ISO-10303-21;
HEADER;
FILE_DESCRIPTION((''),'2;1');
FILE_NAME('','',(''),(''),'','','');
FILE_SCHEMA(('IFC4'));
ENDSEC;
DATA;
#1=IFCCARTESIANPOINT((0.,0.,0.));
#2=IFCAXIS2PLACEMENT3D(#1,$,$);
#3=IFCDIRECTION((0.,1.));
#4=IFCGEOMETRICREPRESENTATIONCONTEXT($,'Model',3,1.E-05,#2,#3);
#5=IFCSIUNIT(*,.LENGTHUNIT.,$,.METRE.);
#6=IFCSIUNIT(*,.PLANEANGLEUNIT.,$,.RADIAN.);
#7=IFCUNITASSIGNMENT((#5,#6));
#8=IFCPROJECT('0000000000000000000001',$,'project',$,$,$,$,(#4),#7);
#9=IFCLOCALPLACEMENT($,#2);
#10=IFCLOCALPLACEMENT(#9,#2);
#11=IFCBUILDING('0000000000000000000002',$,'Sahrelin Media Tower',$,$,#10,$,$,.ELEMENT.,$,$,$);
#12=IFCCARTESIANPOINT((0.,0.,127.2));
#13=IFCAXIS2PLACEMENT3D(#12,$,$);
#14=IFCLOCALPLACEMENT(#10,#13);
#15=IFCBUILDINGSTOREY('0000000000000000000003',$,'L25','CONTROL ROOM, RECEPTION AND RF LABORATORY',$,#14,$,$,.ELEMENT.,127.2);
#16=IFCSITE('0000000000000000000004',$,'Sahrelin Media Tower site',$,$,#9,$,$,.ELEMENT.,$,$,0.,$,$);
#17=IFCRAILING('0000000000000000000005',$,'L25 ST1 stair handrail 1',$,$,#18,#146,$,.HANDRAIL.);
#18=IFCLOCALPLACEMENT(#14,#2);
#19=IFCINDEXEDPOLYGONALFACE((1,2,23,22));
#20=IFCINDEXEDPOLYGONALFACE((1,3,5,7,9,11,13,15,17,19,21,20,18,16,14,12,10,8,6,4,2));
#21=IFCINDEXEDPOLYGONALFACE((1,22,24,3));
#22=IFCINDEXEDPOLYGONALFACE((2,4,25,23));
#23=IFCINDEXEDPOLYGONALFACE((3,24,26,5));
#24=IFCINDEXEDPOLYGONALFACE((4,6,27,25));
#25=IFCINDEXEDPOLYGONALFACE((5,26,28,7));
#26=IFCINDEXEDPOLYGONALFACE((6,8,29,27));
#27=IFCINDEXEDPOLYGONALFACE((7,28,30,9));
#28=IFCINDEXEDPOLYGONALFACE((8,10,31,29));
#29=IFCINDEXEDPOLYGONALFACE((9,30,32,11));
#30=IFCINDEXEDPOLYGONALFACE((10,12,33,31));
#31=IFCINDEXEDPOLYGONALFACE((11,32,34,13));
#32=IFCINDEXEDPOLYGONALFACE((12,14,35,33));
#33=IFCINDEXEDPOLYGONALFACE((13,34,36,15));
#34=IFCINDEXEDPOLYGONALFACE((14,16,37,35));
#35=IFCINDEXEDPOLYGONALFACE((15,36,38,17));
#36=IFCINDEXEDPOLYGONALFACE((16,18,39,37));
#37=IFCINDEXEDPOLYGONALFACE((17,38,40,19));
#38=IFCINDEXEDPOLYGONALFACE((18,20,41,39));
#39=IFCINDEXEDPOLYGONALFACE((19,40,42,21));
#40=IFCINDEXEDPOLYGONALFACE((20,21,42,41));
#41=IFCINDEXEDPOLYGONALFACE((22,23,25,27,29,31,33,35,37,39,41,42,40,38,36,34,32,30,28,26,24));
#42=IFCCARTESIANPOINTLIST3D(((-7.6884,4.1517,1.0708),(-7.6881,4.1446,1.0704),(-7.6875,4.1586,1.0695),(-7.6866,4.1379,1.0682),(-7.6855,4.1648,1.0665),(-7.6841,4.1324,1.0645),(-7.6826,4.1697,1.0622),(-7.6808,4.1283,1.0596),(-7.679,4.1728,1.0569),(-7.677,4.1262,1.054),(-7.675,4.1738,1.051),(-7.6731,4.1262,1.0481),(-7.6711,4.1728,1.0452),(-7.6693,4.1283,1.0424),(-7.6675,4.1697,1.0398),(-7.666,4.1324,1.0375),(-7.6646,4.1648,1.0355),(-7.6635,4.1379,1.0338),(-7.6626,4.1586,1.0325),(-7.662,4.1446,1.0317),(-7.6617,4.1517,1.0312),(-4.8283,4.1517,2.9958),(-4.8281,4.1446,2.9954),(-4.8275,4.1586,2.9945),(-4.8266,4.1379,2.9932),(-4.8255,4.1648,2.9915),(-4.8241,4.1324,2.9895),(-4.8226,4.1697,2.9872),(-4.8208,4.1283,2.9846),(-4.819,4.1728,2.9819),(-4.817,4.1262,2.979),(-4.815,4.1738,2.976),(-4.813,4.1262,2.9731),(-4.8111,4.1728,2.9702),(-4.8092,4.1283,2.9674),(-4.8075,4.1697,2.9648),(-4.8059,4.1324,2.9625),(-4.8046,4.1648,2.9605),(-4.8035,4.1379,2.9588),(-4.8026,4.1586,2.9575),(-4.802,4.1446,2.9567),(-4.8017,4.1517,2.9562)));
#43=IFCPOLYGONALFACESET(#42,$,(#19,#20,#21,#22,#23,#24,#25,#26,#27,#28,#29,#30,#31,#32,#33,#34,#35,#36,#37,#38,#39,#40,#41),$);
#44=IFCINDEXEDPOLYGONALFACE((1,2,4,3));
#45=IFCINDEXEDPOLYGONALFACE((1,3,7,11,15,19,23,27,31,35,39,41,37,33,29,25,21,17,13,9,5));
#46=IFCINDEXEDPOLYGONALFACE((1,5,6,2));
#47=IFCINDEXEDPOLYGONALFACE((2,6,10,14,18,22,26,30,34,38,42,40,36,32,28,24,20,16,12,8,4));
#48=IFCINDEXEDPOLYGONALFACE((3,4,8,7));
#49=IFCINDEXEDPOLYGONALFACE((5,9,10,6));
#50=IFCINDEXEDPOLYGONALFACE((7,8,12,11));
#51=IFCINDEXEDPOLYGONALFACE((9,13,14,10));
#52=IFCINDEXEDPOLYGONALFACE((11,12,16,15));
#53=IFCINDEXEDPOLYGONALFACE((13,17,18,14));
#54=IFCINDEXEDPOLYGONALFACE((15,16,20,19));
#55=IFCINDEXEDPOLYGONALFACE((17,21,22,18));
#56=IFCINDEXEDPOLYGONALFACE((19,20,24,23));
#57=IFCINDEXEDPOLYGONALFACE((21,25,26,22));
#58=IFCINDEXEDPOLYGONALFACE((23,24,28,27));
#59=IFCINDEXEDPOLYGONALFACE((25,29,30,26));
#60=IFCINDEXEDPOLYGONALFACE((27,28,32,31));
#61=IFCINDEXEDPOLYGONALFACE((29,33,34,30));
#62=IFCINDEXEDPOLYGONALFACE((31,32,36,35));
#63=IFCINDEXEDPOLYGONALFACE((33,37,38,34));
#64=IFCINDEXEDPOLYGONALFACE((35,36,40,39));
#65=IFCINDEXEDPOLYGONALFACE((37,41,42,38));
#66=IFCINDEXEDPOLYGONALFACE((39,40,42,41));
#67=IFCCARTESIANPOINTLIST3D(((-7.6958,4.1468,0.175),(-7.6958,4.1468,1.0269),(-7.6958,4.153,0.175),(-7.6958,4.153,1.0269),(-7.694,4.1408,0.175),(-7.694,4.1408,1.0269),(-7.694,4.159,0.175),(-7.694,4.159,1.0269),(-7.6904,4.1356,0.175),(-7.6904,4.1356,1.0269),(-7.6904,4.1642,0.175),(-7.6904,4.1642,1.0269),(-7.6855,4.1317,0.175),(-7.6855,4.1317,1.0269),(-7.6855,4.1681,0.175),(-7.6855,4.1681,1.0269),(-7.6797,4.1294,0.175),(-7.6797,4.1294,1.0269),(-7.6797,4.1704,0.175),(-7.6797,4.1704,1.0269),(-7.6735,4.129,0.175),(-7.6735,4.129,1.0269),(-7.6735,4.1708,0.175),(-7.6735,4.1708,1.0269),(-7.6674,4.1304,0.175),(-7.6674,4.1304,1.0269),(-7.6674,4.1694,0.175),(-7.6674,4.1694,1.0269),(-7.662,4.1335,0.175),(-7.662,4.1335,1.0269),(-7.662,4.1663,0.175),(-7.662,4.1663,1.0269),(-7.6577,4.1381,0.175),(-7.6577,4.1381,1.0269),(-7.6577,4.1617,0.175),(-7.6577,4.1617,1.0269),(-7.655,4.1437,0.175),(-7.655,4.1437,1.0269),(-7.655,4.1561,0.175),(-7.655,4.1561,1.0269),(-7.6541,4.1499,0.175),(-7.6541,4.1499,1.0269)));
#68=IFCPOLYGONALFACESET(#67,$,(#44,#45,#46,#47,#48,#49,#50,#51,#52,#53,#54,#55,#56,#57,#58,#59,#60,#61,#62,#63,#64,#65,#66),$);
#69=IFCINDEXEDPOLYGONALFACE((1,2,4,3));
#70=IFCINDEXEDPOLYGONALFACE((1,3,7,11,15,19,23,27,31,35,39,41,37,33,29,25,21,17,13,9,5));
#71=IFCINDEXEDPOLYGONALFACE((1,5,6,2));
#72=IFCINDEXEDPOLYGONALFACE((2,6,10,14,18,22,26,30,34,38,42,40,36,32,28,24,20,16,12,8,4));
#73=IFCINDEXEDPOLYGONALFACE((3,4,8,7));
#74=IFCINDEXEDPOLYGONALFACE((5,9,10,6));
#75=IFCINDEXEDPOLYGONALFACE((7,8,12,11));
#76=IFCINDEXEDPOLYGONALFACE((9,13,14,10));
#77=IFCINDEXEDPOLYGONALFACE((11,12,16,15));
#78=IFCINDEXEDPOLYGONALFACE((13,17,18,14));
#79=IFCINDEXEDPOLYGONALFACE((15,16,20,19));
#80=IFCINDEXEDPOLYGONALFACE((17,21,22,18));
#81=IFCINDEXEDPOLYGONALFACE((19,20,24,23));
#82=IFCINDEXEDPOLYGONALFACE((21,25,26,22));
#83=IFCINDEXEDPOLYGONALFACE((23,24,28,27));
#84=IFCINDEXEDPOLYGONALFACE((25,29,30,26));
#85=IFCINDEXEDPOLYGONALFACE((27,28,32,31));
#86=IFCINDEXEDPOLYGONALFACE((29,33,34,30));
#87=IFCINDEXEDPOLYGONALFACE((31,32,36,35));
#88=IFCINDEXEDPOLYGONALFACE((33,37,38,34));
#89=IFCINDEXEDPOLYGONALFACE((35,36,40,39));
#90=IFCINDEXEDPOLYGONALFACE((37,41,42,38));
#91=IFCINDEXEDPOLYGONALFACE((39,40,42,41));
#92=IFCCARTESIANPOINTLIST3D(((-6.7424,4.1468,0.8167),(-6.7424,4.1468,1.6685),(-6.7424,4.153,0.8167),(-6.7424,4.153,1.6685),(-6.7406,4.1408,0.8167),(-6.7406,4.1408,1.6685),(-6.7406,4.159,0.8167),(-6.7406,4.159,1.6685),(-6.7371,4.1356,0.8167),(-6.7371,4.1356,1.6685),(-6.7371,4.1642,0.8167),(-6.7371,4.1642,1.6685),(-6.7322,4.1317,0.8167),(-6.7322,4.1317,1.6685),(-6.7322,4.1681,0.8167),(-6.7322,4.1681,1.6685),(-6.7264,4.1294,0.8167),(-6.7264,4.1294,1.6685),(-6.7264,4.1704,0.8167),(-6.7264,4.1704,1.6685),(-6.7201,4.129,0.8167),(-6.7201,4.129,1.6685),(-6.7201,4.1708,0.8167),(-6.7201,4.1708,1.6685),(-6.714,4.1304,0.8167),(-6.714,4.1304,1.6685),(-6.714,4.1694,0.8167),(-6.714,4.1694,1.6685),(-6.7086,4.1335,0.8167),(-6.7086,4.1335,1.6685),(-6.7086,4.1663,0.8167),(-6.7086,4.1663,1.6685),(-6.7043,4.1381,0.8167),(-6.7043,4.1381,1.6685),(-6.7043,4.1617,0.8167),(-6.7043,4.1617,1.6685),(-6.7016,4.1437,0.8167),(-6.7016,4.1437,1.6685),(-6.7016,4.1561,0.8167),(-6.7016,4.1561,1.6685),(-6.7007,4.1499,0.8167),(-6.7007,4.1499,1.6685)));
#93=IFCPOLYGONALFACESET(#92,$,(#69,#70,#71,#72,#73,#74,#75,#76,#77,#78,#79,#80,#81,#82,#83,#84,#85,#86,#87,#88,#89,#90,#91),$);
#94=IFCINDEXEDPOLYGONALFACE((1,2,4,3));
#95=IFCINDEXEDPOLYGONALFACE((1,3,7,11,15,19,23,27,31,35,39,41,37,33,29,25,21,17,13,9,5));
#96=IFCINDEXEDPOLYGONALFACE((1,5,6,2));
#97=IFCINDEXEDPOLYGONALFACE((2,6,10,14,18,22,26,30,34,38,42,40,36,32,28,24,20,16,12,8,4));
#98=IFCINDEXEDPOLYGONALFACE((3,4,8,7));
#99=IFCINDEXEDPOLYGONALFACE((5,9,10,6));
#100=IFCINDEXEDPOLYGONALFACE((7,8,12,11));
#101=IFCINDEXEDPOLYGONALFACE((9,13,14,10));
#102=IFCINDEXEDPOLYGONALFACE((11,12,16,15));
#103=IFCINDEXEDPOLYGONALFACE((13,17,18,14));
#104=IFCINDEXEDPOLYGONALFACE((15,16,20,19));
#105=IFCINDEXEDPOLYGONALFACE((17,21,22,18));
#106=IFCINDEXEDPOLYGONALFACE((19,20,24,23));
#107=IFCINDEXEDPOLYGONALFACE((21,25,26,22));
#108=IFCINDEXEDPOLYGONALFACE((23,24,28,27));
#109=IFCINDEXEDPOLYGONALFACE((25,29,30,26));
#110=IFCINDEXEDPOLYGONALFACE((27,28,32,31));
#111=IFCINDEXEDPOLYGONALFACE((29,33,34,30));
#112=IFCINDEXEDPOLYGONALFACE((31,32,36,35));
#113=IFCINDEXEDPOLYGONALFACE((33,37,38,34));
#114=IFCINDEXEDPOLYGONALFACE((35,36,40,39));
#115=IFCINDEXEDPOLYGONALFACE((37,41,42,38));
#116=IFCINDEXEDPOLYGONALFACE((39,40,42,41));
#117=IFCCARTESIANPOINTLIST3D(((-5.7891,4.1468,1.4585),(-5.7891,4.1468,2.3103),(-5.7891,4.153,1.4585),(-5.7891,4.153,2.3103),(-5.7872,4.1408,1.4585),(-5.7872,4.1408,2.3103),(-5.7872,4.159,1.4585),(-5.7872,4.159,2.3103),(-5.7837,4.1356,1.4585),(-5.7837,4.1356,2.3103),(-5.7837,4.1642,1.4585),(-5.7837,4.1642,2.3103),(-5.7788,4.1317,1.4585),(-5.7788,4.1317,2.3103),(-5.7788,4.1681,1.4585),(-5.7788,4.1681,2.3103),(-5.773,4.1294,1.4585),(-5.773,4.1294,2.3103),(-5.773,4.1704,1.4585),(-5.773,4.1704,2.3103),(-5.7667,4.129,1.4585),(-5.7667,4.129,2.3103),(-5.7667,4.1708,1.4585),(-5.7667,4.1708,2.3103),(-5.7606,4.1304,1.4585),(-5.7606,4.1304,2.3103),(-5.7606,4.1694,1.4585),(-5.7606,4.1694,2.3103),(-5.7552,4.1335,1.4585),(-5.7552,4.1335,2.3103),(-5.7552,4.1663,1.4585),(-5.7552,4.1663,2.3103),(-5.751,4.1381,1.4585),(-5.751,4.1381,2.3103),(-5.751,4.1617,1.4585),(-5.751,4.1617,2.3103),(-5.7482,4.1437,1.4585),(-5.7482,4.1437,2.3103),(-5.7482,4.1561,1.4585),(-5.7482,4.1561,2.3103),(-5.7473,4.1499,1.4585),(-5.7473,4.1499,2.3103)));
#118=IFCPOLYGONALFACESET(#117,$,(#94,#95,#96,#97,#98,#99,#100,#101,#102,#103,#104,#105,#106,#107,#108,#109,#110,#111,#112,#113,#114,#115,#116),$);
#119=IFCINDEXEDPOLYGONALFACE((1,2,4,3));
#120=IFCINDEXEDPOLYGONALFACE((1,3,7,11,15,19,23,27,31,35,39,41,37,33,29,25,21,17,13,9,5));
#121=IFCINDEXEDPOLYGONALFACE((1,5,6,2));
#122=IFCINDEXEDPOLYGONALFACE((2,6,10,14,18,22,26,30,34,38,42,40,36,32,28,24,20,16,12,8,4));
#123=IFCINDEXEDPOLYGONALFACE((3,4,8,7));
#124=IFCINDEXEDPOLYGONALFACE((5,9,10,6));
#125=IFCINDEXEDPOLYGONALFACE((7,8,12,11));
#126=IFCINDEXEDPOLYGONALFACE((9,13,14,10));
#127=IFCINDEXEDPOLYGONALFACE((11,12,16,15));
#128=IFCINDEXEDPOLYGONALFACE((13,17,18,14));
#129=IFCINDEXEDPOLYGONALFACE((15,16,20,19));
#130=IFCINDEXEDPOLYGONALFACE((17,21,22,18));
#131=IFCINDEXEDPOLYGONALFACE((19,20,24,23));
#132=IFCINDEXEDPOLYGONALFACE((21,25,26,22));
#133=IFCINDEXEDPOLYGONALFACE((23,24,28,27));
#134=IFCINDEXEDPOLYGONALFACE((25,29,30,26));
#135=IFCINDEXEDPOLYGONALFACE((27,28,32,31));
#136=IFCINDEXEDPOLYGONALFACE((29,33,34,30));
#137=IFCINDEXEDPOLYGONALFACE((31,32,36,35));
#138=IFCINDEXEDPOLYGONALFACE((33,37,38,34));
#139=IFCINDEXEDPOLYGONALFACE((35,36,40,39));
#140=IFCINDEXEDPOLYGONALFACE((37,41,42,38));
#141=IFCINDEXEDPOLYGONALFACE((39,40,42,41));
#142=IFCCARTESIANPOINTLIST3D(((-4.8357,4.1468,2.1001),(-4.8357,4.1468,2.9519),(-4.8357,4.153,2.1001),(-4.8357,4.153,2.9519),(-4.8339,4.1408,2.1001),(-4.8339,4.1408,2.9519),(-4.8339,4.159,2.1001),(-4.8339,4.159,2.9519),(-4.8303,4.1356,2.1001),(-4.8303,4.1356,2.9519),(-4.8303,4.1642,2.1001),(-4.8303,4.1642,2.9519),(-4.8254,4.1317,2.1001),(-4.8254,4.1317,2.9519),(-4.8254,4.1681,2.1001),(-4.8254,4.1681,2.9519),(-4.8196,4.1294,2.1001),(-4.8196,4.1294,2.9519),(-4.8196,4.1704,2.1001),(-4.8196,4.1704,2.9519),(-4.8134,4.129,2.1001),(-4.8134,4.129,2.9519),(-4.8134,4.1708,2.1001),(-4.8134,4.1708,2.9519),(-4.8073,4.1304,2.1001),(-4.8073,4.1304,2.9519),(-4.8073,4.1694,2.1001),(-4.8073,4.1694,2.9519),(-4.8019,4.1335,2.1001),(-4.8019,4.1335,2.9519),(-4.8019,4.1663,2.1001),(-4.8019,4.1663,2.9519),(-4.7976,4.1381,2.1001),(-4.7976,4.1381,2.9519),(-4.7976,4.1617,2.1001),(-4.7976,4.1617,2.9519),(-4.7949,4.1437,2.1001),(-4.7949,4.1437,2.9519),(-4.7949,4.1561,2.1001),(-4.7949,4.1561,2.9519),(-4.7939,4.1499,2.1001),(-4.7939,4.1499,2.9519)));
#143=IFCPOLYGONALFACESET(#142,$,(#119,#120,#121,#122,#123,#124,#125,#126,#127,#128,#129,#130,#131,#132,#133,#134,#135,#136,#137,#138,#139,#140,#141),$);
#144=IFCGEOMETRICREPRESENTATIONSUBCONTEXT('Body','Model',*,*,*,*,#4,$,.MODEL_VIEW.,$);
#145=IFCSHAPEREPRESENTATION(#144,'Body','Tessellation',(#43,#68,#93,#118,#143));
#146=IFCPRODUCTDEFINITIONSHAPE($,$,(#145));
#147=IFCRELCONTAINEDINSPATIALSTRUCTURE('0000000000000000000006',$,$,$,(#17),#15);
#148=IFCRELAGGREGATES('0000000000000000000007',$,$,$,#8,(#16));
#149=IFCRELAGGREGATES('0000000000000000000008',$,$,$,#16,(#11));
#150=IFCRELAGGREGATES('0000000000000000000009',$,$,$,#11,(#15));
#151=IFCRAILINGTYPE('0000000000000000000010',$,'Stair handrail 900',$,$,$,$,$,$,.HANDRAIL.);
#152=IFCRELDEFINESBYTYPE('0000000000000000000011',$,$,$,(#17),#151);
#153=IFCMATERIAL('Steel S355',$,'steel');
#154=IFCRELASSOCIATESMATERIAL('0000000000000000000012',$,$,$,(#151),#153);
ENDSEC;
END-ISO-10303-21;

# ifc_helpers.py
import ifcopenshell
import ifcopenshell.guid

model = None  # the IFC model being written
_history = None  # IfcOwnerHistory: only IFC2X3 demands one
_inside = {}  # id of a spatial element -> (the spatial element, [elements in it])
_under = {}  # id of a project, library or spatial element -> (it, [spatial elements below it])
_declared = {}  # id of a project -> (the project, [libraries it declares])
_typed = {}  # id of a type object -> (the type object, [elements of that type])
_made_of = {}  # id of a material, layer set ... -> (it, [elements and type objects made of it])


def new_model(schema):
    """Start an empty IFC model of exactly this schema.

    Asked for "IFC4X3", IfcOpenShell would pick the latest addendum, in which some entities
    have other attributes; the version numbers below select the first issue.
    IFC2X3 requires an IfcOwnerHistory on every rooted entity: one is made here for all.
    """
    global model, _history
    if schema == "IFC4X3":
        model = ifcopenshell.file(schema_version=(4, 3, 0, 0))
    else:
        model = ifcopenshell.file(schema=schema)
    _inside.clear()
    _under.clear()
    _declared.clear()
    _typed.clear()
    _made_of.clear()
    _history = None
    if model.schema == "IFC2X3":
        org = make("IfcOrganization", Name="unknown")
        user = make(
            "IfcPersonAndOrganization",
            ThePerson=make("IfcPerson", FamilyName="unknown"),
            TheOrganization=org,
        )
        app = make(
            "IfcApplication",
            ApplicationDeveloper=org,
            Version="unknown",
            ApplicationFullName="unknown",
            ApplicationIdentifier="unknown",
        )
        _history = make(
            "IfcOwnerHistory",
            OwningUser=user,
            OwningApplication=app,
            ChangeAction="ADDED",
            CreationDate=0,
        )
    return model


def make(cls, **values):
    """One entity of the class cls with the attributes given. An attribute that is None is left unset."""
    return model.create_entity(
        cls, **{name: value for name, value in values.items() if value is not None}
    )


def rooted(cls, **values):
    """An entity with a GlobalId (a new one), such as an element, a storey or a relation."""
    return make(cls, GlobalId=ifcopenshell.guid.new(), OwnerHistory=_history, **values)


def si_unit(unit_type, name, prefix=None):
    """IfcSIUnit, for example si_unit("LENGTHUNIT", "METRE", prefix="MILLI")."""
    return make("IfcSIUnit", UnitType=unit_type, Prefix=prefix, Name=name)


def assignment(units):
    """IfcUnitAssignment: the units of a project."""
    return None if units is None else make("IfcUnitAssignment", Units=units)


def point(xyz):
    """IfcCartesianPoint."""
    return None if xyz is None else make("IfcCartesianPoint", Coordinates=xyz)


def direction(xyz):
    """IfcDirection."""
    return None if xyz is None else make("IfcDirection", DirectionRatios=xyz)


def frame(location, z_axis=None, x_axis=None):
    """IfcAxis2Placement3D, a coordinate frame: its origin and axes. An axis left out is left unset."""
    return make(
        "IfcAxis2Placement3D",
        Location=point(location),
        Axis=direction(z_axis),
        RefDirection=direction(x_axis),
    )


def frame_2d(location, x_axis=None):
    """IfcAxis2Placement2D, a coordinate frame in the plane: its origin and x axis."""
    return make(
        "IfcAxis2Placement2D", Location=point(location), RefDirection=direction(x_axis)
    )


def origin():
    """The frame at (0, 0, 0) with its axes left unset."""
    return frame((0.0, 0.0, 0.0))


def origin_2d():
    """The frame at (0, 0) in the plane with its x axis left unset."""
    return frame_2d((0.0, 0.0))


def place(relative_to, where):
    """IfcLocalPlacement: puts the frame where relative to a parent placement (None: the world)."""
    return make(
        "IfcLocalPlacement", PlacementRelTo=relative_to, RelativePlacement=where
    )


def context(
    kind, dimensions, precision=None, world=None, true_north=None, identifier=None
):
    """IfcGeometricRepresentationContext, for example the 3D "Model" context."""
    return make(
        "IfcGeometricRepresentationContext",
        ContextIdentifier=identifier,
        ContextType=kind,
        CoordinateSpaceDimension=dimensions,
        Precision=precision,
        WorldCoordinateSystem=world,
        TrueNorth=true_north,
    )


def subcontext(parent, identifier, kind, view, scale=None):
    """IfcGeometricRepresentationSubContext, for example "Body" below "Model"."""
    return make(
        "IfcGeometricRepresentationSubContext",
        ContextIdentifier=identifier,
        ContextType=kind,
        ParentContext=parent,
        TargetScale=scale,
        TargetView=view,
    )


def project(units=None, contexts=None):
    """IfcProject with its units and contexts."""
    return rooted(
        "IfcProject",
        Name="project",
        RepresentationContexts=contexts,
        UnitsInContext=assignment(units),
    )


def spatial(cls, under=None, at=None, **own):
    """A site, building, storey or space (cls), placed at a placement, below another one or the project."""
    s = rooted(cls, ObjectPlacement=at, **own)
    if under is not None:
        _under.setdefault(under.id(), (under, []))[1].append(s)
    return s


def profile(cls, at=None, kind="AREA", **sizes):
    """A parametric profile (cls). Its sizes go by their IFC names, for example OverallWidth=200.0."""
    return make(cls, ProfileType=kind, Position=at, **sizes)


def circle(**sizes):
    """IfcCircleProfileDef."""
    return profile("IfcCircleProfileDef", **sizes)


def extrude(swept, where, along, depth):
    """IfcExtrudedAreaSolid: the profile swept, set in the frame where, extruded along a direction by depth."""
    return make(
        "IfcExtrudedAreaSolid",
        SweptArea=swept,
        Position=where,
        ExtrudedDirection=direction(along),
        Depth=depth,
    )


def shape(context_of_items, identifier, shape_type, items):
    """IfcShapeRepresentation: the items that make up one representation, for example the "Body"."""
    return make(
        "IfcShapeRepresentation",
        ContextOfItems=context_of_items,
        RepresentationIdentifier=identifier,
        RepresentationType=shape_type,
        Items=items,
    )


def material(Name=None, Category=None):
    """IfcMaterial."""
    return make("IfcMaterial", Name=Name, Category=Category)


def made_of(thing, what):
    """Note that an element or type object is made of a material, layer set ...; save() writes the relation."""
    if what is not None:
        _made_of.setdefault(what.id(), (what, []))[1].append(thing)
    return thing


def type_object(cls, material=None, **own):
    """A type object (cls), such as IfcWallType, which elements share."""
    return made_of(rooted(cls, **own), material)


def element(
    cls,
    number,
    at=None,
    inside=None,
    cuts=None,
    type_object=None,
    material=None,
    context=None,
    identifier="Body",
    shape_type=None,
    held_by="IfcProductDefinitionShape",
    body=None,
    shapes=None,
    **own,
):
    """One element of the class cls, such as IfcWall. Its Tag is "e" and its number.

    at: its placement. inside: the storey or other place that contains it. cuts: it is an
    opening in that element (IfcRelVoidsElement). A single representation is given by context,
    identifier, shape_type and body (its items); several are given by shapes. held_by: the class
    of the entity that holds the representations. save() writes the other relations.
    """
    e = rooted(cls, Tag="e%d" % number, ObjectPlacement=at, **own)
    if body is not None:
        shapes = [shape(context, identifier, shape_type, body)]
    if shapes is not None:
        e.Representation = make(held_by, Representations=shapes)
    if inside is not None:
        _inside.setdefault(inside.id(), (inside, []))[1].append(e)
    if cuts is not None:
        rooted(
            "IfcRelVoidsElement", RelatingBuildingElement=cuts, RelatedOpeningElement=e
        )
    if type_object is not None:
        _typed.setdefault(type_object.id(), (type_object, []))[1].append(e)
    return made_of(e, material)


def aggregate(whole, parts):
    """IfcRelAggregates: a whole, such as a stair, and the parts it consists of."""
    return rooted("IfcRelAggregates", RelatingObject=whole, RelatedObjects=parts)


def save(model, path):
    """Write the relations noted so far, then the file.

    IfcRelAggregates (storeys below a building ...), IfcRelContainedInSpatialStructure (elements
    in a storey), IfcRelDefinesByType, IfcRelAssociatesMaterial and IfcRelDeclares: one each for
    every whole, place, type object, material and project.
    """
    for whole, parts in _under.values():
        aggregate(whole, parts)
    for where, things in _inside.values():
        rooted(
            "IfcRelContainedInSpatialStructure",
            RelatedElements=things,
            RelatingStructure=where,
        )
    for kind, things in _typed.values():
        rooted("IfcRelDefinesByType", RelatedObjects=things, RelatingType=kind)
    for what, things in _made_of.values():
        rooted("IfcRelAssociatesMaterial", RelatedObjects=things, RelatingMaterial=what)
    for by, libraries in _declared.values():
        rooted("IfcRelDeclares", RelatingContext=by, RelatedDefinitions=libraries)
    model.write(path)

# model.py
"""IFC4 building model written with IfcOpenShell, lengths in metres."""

from ifc_helpers import new_model, si_unit, direction, frame, origin, origin_2d, place, context, subcontext, project, spatial, circle, extrude, material, type_object, element, save


model = new_model("IFC4")

# Units and contexts
model_context = context("Model", 3, precision=1e-05, world=origin(), true_north=direction((0.0, 1.0)))
body_context = subcontext(model_context, "Body", "Model", "MODEL_VIEW")
ifc_project = project(units=[si_unit("LENGTHUNIT", "METRE"), si_unit("PLANEANGLEUNIT", "RADIAN")], contexts=[model_context])

# Site, building, storey
site_placement = place(None, origin())
site = spatial("IfcSite", under=ifc_project, at=site_placement, Name="Sahrelin Media Tower site", CompositionType="ELEMENT", RefElevation=0.0)
building_placement = place(site_placement, origin())
building = spatial("IfcBuilding", under=site, at=building_placement, Name="Sahrelin Media Tower", CompositionType="ELEMENT")
storey_placement = place(building_placement, frame((0.0, 0.0, 127.2)))
storey = spatial("IfcBuildingStorey", under=building, at=storey_placement, Name="L25", Description="CONTROL ROOM, RECEPTION AND RF LABORATORY", CompositionType="ELEMENT", Elevation=127.2)

# Shared definitions
ifc_material_1 = material(Name="Steel S355", Category="steel")

# Railing
railing_type_1 = type_object("IfcRailingType", Name="Stair handrail 900", PredefinedType="HANDRAIL", material=ifc_material_1)
railing_1_placement = place(storey_placement, frame((-7.675, 4.1499, 0.175)))
element("IfcRailing", 1, at=railing_1_placement, inside=storey, type_object=railing_type_1, Name="L25 ST1 stair handrail 1", PredefinedType="HANDRAIL", context=body_context, shape_type="SweptSolid", body=[
    extrude(circle(Radius=0.0239, at=origin_2d()), frame((0.0, 0.0, 0.876), z_axis=(0.829591, 0.0, 0.558372), x_axis=(0.0, 1.0, 0.0)), (0.0, 0.0, 1.0), 3.4475),
    extrude(circle(Radius=0.021, at=origin_2d()), origin(), (0.0, 0.0, 1.0), 0.8518),
    extrude(circle(Radius=0.021, at=origin_2d()), frame((0.9534, 0.0, 0.6416)), (0.0, 0.0, 1.0), 0.8518),
    extrude(circle(Radius=0.021, at=origin_2d()), frame((1.9067, 0.0, 1.2834)), (0.0, 0.0, 1.0), 0.8518),
    extrude(circle(Radius=0.021, at=origin_2d()), frame((2.8601, 0.0, 1.925)), (0.0, 0.0, 1.0), 0.8518),
])

save(model, "model.ifc")
